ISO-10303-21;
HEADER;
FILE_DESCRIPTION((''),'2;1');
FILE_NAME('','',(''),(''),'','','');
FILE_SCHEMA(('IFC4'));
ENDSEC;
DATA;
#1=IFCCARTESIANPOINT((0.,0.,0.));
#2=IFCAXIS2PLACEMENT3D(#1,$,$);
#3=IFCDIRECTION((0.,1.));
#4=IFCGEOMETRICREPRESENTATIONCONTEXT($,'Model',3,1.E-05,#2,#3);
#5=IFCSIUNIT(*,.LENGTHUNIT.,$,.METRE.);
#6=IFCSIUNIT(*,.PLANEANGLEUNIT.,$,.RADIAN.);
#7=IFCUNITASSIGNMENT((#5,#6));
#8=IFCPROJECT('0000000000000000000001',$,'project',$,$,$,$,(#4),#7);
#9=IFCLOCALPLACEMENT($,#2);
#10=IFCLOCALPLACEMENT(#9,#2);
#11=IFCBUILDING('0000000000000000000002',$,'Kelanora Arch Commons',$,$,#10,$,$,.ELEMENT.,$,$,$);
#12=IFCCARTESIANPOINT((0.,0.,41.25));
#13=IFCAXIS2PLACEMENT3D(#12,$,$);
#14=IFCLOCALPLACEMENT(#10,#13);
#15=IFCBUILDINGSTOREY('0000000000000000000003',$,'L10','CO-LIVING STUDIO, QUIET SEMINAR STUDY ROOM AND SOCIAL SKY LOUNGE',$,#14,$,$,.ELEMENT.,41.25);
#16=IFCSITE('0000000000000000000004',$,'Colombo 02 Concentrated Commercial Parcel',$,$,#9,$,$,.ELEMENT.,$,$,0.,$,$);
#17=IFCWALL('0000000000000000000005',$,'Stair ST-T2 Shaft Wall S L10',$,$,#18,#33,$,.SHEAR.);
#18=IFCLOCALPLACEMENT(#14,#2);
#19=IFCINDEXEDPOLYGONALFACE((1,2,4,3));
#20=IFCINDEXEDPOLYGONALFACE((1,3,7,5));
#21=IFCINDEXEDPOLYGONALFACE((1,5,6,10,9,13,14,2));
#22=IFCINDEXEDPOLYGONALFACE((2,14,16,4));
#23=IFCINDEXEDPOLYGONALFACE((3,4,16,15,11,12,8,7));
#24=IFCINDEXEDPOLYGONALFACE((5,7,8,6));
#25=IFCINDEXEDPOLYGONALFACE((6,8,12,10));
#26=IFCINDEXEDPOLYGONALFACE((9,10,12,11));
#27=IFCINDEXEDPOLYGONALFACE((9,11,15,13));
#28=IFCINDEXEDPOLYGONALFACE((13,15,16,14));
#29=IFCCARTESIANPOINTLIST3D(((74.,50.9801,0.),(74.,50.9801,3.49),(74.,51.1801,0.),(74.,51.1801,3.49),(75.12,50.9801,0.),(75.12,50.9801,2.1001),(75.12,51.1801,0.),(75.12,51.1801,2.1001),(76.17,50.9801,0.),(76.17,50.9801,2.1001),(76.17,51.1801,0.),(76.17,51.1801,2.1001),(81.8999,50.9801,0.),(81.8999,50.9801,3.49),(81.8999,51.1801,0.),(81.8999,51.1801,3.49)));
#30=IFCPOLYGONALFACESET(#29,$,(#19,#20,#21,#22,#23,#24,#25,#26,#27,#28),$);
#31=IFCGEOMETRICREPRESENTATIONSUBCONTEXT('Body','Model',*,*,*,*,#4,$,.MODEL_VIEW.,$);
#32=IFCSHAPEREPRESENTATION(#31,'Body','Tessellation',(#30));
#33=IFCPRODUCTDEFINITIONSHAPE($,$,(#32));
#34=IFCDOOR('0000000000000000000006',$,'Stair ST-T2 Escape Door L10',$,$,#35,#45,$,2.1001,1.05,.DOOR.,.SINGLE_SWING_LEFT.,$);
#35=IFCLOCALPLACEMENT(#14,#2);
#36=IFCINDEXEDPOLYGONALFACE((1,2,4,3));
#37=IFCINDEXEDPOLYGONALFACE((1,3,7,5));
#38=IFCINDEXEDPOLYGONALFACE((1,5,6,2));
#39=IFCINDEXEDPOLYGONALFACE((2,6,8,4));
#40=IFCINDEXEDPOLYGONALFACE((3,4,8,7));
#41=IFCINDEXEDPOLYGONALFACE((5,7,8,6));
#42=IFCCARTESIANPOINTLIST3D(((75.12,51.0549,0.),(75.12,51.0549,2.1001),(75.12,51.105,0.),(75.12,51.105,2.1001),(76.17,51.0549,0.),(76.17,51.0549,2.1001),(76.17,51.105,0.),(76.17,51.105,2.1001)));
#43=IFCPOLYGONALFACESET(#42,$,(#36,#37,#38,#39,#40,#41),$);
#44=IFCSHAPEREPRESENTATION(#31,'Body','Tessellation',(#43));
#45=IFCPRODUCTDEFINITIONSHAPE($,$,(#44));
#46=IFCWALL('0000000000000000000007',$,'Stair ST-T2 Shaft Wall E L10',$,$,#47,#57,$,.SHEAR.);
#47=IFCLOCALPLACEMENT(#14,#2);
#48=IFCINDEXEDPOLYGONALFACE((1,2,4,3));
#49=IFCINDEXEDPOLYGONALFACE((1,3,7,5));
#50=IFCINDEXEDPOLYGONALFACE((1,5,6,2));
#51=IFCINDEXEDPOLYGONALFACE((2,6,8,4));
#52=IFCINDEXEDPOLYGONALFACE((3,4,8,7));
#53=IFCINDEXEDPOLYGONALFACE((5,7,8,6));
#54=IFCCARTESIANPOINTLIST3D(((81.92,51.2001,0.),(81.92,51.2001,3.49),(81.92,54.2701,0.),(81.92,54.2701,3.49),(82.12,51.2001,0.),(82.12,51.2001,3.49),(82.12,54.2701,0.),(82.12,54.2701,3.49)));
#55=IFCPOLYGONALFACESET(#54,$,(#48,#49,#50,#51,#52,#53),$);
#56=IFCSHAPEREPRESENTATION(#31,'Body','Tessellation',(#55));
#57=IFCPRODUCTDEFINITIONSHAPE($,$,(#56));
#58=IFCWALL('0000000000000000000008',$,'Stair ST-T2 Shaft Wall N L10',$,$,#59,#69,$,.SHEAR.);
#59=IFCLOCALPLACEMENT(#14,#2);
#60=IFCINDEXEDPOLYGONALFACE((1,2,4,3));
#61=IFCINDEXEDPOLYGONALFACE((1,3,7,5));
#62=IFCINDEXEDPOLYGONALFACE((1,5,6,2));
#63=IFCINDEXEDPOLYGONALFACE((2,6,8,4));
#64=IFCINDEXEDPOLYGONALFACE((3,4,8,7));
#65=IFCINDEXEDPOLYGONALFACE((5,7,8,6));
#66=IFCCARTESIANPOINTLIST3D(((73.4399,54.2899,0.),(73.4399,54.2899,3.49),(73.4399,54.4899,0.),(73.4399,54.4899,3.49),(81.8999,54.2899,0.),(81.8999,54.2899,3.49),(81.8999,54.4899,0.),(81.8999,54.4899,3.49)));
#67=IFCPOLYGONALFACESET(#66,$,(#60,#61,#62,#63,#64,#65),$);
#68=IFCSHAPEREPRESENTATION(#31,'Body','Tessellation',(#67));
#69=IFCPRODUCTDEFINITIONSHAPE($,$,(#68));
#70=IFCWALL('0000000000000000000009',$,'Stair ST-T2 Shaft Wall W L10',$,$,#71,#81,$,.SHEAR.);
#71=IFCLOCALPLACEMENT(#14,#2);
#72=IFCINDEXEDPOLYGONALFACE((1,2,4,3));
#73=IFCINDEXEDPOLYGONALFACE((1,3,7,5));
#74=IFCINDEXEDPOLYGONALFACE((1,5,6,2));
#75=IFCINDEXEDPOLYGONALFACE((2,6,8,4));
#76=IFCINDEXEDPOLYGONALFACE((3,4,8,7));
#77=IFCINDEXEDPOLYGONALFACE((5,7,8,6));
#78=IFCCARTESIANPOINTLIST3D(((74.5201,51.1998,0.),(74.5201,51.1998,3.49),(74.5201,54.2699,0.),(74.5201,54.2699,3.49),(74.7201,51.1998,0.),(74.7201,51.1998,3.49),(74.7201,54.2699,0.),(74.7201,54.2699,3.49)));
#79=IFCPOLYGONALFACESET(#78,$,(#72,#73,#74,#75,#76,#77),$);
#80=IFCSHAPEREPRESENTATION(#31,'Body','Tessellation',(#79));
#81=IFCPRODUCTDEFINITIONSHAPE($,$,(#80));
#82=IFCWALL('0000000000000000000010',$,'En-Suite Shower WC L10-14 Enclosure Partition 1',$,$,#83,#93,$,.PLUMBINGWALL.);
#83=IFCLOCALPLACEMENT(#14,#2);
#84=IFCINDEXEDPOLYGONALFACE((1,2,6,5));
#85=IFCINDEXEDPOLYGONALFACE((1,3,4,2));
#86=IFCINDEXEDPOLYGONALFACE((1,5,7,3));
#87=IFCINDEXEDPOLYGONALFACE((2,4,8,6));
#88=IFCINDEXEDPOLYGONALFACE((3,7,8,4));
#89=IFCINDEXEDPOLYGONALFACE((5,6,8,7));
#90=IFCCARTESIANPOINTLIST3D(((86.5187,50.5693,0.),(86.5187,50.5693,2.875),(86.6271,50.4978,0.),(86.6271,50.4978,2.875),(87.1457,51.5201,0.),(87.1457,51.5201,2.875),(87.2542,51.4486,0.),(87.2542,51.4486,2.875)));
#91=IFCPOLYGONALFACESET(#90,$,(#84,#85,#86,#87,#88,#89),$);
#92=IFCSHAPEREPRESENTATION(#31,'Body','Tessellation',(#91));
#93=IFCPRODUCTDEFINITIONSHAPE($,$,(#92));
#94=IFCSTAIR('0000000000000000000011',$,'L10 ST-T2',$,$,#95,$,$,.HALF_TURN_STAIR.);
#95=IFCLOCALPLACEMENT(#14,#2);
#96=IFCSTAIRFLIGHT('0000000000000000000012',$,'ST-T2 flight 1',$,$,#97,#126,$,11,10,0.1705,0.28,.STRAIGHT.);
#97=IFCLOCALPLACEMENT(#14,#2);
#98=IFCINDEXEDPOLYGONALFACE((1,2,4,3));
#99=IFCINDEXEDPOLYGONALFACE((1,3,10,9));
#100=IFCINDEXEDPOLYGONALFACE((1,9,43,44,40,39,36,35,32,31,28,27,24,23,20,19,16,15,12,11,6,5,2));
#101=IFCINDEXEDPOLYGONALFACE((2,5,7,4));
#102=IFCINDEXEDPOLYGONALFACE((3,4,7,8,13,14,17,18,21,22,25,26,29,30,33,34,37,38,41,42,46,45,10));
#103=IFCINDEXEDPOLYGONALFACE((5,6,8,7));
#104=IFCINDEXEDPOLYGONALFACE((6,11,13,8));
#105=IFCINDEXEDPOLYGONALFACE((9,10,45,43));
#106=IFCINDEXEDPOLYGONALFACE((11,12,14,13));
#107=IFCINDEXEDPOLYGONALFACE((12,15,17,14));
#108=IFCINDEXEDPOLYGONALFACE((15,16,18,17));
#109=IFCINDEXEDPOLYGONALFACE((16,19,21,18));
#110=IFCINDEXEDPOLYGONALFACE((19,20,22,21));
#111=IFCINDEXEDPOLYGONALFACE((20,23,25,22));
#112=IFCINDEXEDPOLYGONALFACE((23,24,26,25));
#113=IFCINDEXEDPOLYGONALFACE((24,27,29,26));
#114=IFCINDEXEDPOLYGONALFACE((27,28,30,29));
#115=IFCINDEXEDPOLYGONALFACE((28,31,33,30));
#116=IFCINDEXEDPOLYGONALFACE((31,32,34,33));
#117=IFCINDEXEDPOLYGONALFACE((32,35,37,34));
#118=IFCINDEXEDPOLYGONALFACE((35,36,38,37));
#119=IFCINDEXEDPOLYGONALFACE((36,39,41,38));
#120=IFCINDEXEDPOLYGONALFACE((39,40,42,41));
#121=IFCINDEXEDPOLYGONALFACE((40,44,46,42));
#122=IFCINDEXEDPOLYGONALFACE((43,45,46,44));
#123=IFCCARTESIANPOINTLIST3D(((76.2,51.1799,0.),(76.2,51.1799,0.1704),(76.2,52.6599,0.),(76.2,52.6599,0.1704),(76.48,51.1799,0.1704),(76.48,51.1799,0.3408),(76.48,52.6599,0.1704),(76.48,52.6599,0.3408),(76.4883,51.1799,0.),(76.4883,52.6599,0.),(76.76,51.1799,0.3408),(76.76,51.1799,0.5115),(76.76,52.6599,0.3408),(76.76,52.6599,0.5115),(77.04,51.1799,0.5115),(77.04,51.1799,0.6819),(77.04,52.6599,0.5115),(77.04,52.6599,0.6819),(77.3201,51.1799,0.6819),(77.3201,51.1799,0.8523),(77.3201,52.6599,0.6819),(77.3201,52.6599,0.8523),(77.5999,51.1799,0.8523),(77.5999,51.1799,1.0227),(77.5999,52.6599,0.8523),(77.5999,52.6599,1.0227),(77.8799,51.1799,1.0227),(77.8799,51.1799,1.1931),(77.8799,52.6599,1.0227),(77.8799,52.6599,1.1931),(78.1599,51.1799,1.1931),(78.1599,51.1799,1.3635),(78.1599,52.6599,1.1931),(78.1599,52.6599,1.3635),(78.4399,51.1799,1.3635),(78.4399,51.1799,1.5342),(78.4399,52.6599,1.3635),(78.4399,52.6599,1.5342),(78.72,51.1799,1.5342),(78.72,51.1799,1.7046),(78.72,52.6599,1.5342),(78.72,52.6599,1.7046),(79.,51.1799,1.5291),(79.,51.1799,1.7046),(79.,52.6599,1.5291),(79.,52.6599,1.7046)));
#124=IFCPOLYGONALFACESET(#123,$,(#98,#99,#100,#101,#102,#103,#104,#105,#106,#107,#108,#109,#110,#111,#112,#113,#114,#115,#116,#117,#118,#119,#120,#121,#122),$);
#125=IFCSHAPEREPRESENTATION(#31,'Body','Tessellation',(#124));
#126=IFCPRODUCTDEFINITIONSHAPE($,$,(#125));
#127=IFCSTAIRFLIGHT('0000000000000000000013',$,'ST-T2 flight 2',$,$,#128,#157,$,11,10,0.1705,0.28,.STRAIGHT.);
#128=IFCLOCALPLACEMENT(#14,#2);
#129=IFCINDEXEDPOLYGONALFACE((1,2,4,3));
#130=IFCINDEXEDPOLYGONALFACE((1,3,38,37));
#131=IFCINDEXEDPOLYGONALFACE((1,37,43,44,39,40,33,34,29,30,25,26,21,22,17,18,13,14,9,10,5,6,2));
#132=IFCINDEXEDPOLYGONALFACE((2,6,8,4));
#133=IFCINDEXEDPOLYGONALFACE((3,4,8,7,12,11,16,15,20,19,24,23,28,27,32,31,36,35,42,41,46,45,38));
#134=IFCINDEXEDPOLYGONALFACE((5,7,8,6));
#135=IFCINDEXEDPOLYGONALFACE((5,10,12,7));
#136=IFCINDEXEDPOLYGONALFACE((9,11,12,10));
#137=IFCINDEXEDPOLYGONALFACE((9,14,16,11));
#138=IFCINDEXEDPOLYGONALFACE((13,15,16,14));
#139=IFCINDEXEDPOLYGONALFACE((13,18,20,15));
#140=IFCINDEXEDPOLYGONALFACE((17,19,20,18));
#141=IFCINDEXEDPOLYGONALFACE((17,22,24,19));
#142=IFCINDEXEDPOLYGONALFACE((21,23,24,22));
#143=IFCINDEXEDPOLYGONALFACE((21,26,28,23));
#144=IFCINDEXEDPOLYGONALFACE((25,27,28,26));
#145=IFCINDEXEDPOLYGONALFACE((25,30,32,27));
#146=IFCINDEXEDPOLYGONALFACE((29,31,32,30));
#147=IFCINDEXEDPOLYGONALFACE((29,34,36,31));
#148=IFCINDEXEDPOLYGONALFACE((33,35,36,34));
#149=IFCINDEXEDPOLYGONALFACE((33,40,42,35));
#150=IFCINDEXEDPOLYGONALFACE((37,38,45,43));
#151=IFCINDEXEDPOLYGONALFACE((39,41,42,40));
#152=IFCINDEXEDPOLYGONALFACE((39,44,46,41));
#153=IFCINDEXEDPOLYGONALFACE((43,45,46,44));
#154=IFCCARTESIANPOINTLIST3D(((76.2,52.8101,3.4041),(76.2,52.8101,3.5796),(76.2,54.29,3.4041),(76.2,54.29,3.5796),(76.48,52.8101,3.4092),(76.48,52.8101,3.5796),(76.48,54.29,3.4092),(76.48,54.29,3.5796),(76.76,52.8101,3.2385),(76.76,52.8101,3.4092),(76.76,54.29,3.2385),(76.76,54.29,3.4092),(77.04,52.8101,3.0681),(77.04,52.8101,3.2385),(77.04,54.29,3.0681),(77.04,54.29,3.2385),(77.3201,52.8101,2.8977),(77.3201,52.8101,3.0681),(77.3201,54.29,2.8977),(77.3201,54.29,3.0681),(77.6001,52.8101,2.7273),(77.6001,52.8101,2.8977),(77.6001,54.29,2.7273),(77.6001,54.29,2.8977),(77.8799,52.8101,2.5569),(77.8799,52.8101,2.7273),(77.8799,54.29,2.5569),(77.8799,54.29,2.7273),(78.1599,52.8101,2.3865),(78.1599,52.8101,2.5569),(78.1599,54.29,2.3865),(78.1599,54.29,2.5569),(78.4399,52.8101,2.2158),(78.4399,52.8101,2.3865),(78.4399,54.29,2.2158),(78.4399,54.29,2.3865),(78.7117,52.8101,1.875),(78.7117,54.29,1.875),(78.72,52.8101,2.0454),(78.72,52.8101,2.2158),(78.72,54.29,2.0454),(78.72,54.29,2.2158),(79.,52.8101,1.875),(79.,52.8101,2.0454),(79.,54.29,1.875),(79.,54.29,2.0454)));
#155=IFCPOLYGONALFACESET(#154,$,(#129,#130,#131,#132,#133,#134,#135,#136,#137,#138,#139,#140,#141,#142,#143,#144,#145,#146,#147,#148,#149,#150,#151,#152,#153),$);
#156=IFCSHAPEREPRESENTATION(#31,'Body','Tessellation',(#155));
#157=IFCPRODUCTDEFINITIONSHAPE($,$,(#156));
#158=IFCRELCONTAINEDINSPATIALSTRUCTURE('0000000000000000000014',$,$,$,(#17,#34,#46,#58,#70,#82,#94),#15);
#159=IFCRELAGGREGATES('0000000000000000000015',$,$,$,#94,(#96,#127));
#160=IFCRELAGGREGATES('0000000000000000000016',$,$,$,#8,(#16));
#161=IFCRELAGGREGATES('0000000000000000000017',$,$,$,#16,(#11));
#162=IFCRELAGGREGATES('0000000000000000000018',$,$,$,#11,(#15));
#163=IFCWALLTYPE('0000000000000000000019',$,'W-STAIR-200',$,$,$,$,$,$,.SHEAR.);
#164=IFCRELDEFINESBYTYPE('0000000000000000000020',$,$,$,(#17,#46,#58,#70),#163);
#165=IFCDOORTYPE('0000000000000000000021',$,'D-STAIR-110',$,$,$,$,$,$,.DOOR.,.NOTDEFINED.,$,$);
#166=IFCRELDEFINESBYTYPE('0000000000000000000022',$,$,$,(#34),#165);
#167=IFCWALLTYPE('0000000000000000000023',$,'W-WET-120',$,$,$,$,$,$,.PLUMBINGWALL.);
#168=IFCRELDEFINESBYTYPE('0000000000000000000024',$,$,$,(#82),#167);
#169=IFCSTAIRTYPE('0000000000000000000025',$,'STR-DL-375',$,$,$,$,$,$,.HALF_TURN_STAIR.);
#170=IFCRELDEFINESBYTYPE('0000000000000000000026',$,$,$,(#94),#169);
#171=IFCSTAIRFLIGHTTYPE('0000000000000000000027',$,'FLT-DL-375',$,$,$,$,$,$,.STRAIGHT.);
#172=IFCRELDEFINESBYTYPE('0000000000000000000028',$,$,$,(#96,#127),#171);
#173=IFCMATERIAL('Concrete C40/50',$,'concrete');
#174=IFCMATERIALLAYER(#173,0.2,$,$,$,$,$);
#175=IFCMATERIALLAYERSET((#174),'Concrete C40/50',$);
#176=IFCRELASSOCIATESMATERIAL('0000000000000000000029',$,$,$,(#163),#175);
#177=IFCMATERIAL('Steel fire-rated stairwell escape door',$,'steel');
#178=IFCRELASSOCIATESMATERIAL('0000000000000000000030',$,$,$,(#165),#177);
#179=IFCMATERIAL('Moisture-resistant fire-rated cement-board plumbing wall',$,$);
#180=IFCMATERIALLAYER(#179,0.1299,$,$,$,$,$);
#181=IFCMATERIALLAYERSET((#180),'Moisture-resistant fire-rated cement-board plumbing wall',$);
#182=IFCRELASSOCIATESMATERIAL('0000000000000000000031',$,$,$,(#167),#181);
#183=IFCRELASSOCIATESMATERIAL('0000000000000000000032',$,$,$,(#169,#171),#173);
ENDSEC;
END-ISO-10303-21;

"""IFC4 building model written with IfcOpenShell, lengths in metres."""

from ifc_helpers import new_model, si_unit, direction, frame, frame_2d, origin, place, context, subcontext, project, spatial, polyline, rectangle, outline, extrude, material, layer, layer_set, type_object, element, fill, aggregate, save


model = new_model("IFC4")

# Units and contexts
model_context = context("Model", 3, precision=1e-05, world=origin(), true_north=direction((0.0, 1.0)))
body_context = subcontext(model_context, "Body", "Model", "MODEL_VIEW")
ifc_project = project(units=[si_unit("LENGTHUNIT", "METRE"), si_unit("PLANEANGLEUNIT", "RADIAN")], contexts=[model_context])

# Site, building, storey
site_placement = place(None, origin())
site = spatial("IfcSite", under=ifc_project, at=site_placement, Name="Colombo 02 Concentrated Commercial Parcel", CompositionType="ELEMENT", RefElevation=0.0)
building_placement = place(site_placement, origin())
building = spatial("IfcBuilding", under=site, at=building_placement, Name="Kelanora Arch Commons", CompositionType="ELEMENT")
storey_placement = place(building_placement, frame((0.0, 0.0, 41.25)))
storey = spatial("IfcBuildingStorey", under=building, at=storey_placement, Name="L10", Description="CO-LIVING STUDIO, QUIET SEMINAR STUDY ROOM AND SOCIAL SKY LOUNGE", CompositionType="ELEMENT", Elevation=41.25)

# Wall, opening, door
ifc_material_1 = material(Name="Concrete C40/50", Category="concrete")
ifc_layer_1 = layer(ifc_material_1, 0.2)
ifc_layer_set_1 = layer_set([ifc_layer_1], Name="Concrete C40/50")
wall_type_1 = type_object("IfcWallType", Name="W-STAIR-200", PredefinedType="SHEAR", material=ifc_layer_set_1)
wall_1_placement = place(storey_placement, frame((74.0, 51.0801, 0.0), z_axis=(0.0, 0.0, 1.0), x_axis=(1.0, 0.0, 0.0)))
wall_1 = element("IfcWall", 1, at=wall_1_placement, inside=storey, type_object=wall_type_1, Name="Stair ST-T2 Shaft Wall S L10", PredefinedType="SHEAR", context=body_context, shape_type="SweptSolid", body=[
    extrude(rectangle(XDim=7.8999, YDim=0.2, at=frame_2d((3.95, 0.0))), origin(), (0.0, 0.0, 1.0), 3.49),
])
opening_1_placement = place(wall_1_placement, frame((1.1201, 0.0, 0.0)))
opening_1 = element("IfcOpeningElement", 2, at=opening_1_placement, cuts=wall_1, PredefinedType="OPENING", context=body_context, shape_type="SweptSolid", body=[
    extrude(rectangle(XDim=1.05, YDim=2.1001, at=frame_2d((0.5249, 1.05))), frame((0.0, 0.1099, 0.0), z_axis=(0.0, -1.0, 0.0), x_axis=(1.0, 0.0, 0.0)), (0.0, 0.0, 1.0), 0.22),
])
ifc_material_2 = material(Name="Steel fire-rated stairwell escape door", Category="steel")
door_type_1 = type_object("IfcDoorType", Name="D-STAIR-110", OperationType="NOTDEFINED", PredefinedType="DOOR", material=ifc_material_2)
door_1_placement = place(opening_1_placement, origin())
door_1 = element("IfcDoor", 3, at=door_1_placement, inside=storey, type_object=door_type_1, Name="Stair ST-T2 Escape Door L10", OperationType="SINGLE_SWING_LEFT", OverallHeight=2.1001, OverallWidth=1.05, PredefinedType="DOOR", context=body_context, shape_type="SweptSolid", body=[
    extrude(rectangle(XDim=1.05, YDim=2.1001, at=frame_2d((0.5249, 1.05))), frame((0.0, 0.0249, 0.0), z_axis=(0.0, -1.0, 0.0), x_axis=(1.0, 0.0, 0.0)), (0.0, 0.0, 1.0), 0.05),
])
fill(opening_1, door_1)

# Walls
wall_2_placement = place(storey_placement, frame((82.02, 51.2, 0.0), z_axis=(0.0, 0.0, 1.0), x_axis=(0.0, 1.0, 0.0)))
element("IfcWall", 4, at=wall_2_placement, inside=storey, type_object=wall_type_1, Name="Stair ST-T2 Shaft Wall E L10", PredefinedType="SHEAR", context=body_context, shape_type="SweptSolid", body=[
    extrude(rectangle(XDim=3.0701, YDim=0.2, at=frame_2d((1.5352, 0.0))), origin(), (0.0, 0.0, 1.0), 3.49),
])
wall_3_placement = place(storey_placement, frame((81.8999, 54.3899, 0.0), z_axis=(0.0, 0.0, 1.0), x_axis=(-1.0, 0.0, 0.0)))
element("IfcWall", 5, at=wall_3_placement, inside=storey, type_object=wall_type_1, Name="Stair ST-T2 Shaft Wall N L10", PredefinedType="SHEAR", context=body_context, shape_type="SweptSolid", body=[
    extrude(rectangle(XDim=8.46, YDim=0.2, at=frame_2d((4.23, 0.0))), origin(), (0.0, 0.0, 1.0), 3.49),
])
wall_4_placement = place(storey_placement, frame((74.6201, 54.27, 0.0), z_axis=(0.0, 0.0, 1.0), x_axis=(0.0, -1.0, 0.0)))
element("IfcWall", 6, at=wall_4_placement, inside=storey, type_object=wall_type_1, Name="Stair ST-T2 Shaft Wall W L10", PredefinedType="SHEAR", context=body_context, shape_type="SweptSolid", body=[
    extrude(rectangle(XDim=3.0701, YDim=0.2, at=frame_2d((1.5352, 0.0))), origin(), (0.0, 0.0, 1.0), 3.49),
])
ifc_material_3 = material(Name="Moisture-resistant fire-rated cement-board plumbing wall")
ifc_layer_2 = layer(ifc_material_3, 0.1299)
ifc_layer_set_2 = layer_set([ifc_layer_2], Name="Moisture-resistant fire-rated cement-board plumbing wall")
wall_type_2 = type_object("IfcWallType", Name="W-WET-120", PredefinedType="PLUMBINGWALL", material=ifc_layer_set_2)
wall_5_placement = place(storey_placement, frame((86.573, 50.5337, 0.0), z_axis=(0.0, 0.0, 1.0), x_axis=(0.550538, 0.83481, 0.0)))
element("IfcWall", 7, at=wall_5_placement, inside=storey, type_object=wall_type_2, Name="En-Suite Shower WC L10-14 Enclosure Partition 1", PredefinedType="PLUMBINGWALL", context=body_context, shape_type="SweptSolid", body=[
    extrude(rectangle(XDim=1.1389, YDim=0.1299, at=frame_2d((0.5693, 0.0))), origin(), (0.0, 0.0, 1.0), 2.875),
])

# Stair, stair flights
stair_type = type_object("IfcStairType", Name="STR-DL-375", PredefinedType="HALF_TURN_STAIR", material=ifc_material_1)
stair_placement = place(storey_placement, origin())
stair = element("IfcStair", 8, at=stair_placement, inside=storey, type_object=stair_type, Name="L10 ST-T2", PredefinedType="HALF_TURN_STAIR")
stair_flight_type = type_object("IfcStairFlightType", Name="FLT-DL-375", PredefinedType="STRAIGHT", material=ifc_material_1)
stair_flight_1_placement = place(storey_placement, frame((76.2, 51.9199, 0.0), z_axis=(0.0, 0.0, 1.0), x_axis=(1.0, 0.0, 0.0)))
stair_flight_1 = element("IfcStairFlight", 9, at=stair_flight_1_placement, type_object=stair_flight_type, Name="ST-T2 flight 1", NumberOfRisers=11, NumberOfTreads=10, PredefinedType="STRAIGHT", RiserHeight=0.1705, TreadLength=0.28, context=body_context, shape_type="SweptSolid", body=[
    extrude(outline(polyline([(0.0, 0.0), (0.0, 0.1704), (0.28, 0.1704), (0.28, 0.3408), (0.5601, 0.3408), (0.5601, 0.5115), (0.8401, 0.5115), (0.8401, 0.6819), (1.1201, 0.6819), (1.1201, 0.8523), (1.3999, 0.8523), (1.3999, 1.0227), (1.6799, 1.0227), (1.6799, 1.1931), (1.96, 1.1931), (1.96, 1.3635), (2.24, 1.3635), (2.24, 1.5342), (2.52, 1.5342), (2.52, 1.7046), (2.8, 1.7046), (2.8, 1.875), (2.8, 1.5291), (0.2883, 0.0), (0.0, 0.0)])), frame((0.0, 0.74, 0.0), z_axis=(0.0, -1.0, 0.0), x_axis=(1.0, 0.0, 0.0)), (0.0, 0.0, 1.0), 1.48),
])
stair_flight_2_placement = place(storey_placement, frame((79.0, 53.55, 1.875), z_axis=(0.0, 0.0, 1.0), x_axis=(-1.0, 0.0, 0.0)))
stair_flight_2 = element("IfcStairFlight", 10, at=stair_flight_2_placement, type_object=stair_flight_type, Name="ST-T2 flight 2", NumberOfRisers=11, NumberOfTreads=10, PredefinedType="STRAIGHT", RiserHeight=0.1705, TreadLength=0.28, context=body_context, shape_type="SweptSolid", body=[
    extrude(outline(polyline([(0.0, 0.0), (0.0, 0.1704), (0.28, 0.1704), (0.28, 0.3408), (0.5601, 0.3408), (0.5601, 0.5115), (0.8401, 0.5115), (0.8401, 0.6819), (1.1201, 0.6819), (1.1201, 0.8523), (1.3999, 0.8523), (1.3999, 1.0227), (1.6799, 1.0227), (1.6799, 1.1931), (1.96, 1.1931), (1.96, 1.3635), (2.24, 1.3635), (2.24, 1.5342), (2.52, 1.5342), (2.52, 1.7046), (2.8, 1.7046), (2.8, 1.875), (2.8, 1.5291), (0.2883, 0.0), (0.0, 0.0)])), frame((0.0, 0.74, 0.0), z_axis=(0.0, -1.0, 0.0), x_axis=(1.0, 0.0, 0.0)), (0.0, 0.0, 1.0), 1.48),
])
aggregate(stair, [stair_flight_1, stair_flight_2])

save(model, "model.ifc")
